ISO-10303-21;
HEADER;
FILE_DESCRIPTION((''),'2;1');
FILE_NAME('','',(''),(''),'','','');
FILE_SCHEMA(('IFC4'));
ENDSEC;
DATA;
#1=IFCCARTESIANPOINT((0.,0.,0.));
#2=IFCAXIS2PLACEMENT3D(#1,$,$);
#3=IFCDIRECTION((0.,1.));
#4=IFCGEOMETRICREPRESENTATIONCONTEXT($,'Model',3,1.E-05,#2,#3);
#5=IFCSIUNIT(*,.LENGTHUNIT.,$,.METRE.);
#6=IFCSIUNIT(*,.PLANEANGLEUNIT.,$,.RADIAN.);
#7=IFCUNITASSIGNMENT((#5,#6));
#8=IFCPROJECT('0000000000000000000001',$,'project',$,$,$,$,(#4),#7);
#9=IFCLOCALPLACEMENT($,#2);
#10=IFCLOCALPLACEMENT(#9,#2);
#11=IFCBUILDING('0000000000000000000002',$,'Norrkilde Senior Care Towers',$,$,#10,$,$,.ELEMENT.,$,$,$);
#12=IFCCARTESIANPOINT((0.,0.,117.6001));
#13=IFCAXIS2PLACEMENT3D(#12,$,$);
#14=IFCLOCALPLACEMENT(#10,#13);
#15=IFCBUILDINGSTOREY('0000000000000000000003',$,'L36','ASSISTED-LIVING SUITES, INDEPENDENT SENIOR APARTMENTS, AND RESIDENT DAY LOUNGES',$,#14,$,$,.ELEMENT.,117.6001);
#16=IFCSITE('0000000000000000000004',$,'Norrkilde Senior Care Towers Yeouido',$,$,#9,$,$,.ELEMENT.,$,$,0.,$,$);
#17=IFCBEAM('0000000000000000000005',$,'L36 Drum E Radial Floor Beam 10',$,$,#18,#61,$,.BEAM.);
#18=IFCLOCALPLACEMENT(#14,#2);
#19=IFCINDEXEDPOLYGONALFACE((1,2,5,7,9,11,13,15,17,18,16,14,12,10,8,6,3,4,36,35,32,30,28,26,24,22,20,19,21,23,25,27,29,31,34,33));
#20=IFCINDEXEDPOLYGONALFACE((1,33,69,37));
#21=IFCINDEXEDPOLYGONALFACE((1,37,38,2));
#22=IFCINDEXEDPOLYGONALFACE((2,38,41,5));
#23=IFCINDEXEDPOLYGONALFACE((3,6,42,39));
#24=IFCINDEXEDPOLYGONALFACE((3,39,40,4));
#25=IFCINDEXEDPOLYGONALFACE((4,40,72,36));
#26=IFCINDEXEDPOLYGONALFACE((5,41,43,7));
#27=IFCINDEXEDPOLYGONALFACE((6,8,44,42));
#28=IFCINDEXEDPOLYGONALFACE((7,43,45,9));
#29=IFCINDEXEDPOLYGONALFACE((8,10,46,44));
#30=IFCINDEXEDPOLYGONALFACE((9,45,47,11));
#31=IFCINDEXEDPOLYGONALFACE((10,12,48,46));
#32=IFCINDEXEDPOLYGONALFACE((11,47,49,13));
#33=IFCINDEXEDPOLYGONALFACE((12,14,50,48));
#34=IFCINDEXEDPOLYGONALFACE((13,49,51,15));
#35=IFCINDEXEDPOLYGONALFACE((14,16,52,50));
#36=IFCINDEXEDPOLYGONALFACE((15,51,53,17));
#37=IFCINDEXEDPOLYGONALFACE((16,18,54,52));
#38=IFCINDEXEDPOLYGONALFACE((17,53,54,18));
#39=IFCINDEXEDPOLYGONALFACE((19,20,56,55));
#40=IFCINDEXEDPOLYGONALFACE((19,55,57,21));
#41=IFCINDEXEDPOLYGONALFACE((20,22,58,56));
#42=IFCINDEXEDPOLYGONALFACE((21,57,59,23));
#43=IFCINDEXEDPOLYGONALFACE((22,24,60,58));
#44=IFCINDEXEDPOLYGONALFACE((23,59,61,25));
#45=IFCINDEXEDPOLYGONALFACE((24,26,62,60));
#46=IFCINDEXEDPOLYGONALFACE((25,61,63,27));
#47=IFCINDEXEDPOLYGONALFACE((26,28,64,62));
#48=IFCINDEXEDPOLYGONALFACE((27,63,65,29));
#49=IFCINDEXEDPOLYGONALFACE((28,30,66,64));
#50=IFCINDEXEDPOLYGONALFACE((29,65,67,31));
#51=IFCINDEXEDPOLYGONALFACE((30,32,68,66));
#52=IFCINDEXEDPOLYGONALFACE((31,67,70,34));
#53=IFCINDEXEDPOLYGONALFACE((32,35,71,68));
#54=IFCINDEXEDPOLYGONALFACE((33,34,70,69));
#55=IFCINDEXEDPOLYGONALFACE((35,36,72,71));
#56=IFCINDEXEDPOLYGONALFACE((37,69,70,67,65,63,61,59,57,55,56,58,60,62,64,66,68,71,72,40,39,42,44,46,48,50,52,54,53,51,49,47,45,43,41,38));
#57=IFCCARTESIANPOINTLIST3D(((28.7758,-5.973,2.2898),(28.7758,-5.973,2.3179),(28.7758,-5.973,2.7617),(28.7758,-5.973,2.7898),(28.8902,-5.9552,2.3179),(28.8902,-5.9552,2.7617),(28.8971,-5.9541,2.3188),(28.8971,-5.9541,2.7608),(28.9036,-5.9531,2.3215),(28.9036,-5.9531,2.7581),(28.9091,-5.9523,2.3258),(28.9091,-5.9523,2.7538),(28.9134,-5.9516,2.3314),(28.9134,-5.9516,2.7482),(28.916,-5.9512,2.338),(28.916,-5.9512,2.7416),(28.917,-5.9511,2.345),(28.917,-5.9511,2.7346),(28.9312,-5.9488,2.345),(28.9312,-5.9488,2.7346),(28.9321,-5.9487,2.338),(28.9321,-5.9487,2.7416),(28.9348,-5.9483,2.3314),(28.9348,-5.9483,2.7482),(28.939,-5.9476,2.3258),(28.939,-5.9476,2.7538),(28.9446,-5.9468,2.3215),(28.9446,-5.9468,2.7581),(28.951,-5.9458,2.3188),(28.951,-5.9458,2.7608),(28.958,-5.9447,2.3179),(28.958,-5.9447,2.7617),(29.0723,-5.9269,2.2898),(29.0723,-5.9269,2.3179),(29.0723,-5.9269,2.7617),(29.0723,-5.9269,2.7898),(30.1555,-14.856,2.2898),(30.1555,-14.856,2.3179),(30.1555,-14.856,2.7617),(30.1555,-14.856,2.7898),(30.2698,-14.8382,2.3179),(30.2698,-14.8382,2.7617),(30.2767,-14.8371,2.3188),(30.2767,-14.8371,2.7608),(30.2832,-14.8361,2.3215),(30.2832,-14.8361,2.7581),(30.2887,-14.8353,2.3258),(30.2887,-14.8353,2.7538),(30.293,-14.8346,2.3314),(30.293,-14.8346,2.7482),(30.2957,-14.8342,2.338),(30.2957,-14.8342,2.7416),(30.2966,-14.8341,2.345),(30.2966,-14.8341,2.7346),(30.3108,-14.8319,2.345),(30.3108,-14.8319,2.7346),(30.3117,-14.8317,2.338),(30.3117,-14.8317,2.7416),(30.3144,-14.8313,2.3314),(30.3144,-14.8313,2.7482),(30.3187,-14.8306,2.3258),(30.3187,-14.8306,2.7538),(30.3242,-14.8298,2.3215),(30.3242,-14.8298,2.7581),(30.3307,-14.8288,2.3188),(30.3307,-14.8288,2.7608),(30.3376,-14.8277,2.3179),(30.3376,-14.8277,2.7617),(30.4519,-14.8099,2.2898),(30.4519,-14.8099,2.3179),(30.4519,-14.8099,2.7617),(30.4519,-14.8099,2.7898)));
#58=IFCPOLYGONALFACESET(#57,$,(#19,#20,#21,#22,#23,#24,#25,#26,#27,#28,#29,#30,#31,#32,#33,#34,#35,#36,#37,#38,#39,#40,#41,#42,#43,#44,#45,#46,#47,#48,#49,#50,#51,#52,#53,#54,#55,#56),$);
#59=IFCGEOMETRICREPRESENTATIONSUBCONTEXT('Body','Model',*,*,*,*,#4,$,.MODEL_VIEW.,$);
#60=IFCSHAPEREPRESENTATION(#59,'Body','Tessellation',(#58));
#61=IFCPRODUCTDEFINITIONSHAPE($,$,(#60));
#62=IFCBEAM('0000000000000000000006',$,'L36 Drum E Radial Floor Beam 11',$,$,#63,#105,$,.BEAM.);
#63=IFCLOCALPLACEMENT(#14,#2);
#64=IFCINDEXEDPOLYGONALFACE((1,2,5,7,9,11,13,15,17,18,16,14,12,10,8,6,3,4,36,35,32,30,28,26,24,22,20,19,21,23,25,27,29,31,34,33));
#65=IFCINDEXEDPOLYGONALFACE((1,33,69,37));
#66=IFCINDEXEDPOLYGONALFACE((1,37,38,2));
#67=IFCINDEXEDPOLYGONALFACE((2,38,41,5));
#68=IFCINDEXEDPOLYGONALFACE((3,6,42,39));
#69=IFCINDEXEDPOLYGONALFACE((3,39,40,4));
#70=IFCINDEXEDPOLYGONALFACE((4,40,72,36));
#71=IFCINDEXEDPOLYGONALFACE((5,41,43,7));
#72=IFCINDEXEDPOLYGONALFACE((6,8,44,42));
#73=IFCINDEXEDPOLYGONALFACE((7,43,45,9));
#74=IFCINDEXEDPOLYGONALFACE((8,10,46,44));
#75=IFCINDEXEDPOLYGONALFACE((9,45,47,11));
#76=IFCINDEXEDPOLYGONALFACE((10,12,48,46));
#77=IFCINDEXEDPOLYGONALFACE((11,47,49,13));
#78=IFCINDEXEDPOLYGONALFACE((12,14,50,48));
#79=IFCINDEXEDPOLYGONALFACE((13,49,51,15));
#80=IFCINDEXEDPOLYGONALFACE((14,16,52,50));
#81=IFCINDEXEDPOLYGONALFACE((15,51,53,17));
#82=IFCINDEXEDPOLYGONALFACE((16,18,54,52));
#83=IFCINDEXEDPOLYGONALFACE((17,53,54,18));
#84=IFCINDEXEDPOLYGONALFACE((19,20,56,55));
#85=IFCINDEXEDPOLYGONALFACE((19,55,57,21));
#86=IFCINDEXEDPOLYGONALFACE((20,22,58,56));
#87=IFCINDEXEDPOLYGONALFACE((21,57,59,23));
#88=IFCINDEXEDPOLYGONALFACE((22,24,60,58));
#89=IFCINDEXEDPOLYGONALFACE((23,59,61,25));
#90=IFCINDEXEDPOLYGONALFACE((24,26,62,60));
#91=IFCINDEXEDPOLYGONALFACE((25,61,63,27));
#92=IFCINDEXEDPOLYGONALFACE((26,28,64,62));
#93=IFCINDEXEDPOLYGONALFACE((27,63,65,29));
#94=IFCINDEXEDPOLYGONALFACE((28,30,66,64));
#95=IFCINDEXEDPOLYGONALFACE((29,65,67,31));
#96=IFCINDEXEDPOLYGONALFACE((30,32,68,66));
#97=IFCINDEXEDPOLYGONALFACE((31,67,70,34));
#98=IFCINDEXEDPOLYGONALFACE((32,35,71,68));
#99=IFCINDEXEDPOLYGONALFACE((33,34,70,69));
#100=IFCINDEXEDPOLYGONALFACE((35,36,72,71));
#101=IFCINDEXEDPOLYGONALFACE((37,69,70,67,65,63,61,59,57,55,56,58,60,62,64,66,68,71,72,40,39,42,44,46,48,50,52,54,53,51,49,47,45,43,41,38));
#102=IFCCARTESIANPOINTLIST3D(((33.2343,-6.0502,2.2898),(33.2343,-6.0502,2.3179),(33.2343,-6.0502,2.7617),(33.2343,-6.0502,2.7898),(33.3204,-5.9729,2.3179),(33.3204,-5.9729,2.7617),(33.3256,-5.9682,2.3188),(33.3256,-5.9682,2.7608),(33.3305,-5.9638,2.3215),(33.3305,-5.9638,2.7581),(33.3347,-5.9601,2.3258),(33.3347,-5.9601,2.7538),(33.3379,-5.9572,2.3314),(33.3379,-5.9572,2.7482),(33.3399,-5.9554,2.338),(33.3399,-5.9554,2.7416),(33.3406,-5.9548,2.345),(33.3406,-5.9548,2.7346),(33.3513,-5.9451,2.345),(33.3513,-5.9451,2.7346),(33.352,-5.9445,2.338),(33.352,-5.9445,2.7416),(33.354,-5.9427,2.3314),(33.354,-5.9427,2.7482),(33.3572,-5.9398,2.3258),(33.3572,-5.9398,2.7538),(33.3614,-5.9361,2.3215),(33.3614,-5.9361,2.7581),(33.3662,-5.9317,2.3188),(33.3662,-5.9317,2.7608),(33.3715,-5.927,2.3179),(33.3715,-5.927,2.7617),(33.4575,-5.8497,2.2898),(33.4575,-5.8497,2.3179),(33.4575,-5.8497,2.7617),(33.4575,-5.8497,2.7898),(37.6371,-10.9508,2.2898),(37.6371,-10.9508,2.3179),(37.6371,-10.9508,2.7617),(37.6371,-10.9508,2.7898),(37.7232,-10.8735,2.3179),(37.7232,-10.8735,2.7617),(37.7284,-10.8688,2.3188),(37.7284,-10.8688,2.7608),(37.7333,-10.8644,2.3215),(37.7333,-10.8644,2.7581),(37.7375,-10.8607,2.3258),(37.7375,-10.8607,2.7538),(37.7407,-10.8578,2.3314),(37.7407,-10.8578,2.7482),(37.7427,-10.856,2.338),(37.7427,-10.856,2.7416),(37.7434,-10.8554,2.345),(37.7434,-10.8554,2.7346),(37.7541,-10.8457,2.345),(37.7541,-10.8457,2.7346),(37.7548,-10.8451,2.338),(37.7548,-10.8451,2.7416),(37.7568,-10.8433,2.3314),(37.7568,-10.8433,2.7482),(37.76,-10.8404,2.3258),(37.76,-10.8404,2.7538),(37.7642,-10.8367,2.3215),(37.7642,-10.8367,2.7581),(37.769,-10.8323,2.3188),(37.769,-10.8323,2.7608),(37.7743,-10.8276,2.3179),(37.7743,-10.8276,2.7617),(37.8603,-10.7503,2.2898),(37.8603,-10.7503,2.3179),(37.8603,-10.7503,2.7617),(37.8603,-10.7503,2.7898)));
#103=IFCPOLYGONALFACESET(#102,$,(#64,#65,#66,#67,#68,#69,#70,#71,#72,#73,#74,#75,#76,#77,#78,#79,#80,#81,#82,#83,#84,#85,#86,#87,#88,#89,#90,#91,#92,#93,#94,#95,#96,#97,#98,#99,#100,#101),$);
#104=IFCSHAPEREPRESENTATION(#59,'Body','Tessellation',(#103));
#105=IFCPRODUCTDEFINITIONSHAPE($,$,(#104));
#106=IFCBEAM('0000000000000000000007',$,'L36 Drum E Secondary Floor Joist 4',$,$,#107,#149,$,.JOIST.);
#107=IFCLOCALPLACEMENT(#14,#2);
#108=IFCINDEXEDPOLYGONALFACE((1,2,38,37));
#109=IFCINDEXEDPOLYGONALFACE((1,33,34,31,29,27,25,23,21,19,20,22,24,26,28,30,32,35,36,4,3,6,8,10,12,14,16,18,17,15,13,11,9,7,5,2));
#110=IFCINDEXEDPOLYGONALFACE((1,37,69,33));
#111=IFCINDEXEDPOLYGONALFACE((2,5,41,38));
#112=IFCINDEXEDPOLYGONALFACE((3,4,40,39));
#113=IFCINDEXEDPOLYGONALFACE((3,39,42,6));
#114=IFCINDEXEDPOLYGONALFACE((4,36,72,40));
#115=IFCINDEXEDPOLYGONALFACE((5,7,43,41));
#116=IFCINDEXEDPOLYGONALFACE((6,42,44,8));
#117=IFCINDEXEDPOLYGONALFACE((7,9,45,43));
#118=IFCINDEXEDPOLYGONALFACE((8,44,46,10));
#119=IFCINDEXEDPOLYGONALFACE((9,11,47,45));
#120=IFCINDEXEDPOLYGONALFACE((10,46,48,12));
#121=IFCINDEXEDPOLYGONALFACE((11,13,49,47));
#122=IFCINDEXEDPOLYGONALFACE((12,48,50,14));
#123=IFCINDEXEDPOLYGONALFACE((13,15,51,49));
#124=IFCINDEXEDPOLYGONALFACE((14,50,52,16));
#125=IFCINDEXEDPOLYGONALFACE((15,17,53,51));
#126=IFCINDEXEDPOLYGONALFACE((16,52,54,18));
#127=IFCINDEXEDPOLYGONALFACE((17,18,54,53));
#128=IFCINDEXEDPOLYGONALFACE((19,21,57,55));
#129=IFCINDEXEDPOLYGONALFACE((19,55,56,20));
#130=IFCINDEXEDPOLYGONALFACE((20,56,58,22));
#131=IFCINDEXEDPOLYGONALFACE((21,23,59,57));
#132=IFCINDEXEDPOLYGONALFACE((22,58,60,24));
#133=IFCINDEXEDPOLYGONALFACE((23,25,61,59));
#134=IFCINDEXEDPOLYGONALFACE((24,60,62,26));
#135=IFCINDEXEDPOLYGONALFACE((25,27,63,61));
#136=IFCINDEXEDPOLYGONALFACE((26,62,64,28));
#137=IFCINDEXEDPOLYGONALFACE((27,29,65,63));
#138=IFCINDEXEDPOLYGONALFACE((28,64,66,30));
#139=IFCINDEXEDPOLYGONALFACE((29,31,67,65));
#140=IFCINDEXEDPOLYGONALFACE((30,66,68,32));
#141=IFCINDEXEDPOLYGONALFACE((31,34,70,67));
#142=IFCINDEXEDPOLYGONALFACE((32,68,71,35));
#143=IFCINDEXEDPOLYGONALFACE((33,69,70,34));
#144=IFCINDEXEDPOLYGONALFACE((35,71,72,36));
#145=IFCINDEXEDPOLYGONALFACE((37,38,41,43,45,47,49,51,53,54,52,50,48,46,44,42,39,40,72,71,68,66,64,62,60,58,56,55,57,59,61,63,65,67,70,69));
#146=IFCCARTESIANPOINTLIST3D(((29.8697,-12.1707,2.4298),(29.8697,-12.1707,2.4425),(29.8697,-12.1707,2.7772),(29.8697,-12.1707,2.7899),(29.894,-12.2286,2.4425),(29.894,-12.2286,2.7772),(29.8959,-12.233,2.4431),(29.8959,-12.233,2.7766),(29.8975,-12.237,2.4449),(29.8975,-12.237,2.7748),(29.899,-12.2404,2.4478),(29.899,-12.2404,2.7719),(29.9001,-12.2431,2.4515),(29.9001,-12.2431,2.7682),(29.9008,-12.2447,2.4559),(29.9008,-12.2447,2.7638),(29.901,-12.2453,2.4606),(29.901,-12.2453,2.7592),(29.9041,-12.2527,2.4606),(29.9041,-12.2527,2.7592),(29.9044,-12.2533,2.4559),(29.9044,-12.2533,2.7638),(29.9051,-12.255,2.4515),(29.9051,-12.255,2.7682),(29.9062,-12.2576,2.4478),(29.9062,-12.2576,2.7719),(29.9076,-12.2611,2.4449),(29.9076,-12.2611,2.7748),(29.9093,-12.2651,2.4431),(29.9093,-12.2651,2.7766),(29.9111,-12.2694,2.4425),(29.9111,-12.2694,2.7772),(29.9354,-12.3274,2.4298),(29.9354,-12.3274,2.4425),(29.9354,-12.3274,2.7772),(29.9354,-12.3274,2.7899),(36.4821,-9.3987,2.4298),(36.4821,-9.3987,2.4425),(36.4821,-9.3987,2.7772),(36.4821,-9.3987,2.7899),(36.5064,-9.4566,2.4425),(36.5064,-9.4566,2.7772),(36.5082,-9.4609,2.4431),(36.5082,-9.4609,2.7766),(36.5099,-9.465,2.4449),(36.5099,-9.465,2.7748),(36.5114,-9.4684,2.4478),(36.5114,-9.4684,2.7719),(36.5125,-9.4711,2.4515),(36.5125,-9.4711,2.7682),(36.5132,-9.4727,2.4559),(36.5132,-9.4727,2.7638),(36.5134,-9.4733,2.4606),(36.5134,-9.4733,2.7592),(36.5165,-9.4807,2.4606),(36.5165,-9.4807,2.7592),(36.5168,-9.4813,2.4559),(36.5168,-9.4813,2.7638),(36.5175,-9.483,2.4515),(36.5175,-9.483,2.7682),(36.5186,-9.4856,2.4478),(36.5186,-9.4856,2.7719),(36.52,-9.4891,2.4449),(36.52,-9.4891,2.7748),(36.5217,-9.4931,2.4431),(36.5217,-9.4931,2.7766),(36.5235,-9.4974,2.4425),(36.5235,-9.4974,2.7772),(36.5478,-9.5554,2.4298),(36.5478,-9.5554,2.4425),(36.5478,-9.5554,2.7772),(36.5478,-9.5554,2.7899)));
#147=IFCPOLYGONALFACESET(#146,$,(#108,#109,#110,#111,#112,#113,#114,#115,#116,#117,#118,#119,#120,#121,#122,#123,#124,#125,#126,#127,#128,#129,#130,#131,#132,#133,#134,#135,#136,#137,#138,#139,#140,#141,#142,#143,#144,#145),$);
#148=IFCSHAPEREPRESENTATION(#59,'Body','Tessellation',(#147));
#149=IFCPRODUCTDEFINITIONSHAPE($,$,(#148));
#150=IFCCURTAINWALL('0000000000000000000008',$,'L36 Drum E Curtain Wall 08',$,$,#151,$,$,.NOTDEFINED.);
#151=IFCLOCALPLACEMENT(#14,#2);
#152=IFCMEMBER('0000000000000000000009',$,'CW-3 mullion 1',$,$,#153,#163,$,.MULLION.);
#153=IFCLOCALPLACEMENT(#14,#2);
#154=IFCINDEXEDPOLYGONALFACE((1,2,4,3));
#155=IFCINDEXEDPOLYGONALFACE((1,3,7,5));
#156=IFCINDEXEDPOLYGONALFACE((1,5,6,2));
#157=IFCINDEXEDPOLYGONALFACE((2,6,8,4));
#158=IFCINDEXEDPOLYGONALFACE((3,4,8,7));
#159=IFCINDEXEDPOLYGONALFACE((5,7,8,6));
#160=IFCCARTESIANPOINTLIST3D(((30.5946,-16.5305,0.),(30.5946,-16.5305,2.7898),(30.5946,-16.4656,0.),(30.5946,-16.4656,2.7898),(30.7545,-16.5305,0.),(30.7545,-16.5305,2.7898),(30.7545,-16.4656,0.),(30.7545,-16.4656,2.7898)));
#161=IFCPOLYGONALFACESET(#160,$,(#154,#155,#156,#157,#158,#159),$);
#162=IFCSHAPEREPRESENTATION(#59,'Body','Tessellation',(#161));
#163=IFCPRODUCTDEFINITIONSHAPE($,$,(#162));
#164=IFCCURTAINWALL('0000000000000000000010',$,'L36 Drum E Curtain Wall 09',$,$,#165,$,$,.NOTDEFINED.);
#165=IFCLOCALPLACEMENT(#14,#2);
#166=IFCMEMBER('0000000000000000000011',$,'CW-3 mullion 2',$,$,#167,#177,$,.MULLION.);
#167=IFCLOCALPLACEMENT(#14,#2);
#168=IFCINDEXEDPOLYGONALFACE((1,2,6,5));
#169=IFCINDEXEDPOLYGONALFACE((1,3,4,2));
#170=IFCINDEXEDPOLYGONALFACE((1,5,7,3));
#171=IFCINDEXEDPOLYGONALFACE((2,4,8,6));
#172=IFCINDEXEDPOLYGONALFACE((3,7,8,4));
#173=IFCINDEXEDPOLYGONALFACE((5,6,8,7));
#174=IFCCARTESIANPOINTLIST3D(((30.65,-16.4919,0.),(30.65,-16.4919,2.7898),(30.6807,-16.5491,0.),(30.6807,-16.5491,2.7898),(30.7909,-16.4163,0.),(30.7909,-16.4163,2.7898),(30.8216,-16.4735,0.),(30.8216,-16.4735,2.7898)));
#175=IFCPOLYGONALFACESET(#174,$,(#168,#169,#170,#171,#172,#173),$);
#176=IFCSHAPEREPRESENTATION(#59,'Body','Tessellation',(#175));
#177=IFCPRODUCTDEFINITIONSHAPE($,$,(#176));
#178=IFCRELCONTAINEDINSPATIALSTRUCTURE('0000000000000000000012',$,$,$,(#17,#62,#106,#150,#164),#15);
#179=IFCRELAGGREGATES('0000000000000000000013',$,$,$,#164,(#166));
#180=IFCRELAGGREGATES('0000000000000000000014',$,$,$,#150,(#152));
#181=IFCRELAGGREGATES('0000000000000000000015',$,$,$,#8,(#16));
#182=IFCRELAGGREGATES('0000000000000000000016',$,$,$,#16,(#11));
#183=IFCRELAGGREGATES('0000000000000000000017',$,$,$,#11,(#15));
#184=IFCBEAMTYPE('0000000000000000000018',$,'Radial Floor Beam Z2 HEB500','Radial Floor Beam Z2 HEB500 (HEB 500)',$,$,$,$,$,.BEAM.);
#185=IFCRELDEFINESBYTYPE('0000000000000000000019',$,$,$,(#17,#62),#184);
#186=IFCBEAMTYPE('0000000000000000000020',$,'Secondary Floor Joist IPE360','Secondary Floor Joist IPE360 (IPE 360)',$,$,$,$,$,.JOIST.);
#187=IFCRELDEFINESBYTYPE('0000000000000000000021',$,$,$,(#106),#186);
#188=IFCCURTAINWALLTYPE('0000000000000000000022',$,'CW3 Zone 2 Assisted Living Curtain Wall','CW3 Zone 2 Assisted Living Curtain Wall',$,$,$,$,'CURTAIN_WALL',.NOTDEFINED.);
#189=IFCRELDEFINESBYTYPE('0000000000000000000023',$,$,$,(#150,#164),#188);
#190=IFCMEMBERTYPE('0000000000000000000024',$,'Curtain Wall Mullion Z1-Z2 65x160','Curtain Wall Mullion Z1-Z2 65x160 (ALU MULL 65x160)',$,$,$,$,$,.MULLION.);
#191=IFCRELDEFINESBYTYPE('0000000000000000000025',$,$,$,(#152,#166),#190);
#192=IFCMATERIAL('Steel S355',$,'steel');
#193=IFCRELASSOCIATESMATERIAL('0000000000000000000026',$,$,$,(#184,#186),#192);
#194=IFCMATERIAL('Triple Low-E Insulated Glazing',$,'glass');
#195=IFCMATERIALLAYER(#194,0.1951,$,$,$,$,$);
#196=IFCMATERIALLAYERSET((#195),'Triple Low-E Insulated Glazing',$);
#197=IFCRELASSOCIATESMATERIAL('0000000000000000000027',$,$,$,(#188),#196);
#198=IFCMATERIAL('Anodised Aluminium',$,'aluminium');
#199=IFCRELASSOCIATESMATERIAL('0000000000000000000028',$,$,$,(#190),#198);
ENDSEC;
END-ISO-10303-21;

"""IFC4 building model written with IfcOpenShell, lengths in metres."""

from ifc_helpers import new_model, si_unit, direction, frame, origin, origin_2d, place, context, subcontext, project, spatial, rectangle, i_section, extrude, source, transform, mapped, material, layer, layer_set, material_profile, profile_set, type_object, type_shapes, element, aggregate, save


model = new_model("IFC4")

# Units and contexts
model_context = context("Model", 3, precision=1e-05, world=origin(), true_north=direction((0.0, 1.0)))
body_context = subcontext(model_context, "Body", "Model", "MODEL_VIEW")
ifc_project = project(units=[si_unit("LENGTHUNIT", "METRE"), si_unit("PLANEANGLEUNIT", "RADIAN")], contexts=[model_context])

# Site, building, storey
site_placement = place(None, origin())
site = spatial("IfcSite", under=ifc_project, at=site_placement, Name="Norrkilde Senior Care Towers Yeouido", CompositionType="ELEMENT", RefElevation=0.0)
building_placement = place(site_placement, origin())
building = spatial("IfcBuilding", under=site, at=building_placement, Name="Norrkilde Senior Care Towers", CompositionType="ELEMENT")
storey_placement = place(building_placement, frame((0.0, 0.0, 117.6001)))
storey = spatial("IfcBuildingStorey", under=building, at=storey_placement, Name="L36", Description="ASSISTED-LIVING SUITES, INDEPENDENT SENIOR APARTMENTS, AND RESIDENT DAY LOUNGES", CompositionType="ELEMENT", Elevation=117.6001)

# Beams
ifc_material_1 = material(Name="Steel S355", Category="steel")
ifc_material_profile_1 = material_profile(ifc_material_1, i_section(OverallWidth=0.3, OverallDepth=0.5, WebThickness=0.0144, FlangeThickness=0.0281, FilletRadius=0.0271, at=origin_2d()), Name="HEB 500")
ifc_profile_set_1 = profile_set([ifc_material_profile_1], Name="Steel S355")
beam_type_1 = type_object("IfcBeamType", Name="Radial Floor Beam Z2 HEB500", Description="Radial Floor Beam Z2 HEB500 (HEB 500)", PredefinedType="BEAM", material=ifc_profile_set_1)
shared_shape_1 = source(origin(), body_context, "Body", "SweptSolid", [
    extrude(i_section(OverallWidth=0.3, OverallDepth=0.5, WebThickness=0.0144, FlangeThickness=0.0281, FilletRadius=0.0271, at=origin_2d()), origin(), (0.0, 0.0, 1.0), 8.9895),
])
beam_1_placement = place(storey_placement, frame((28.9241, -5.95, 2.5398), z_axis=(0.153471, -0.988153, 0.0), x_axis=(0.988153, 0.153471, 0.0)))
element("IfcBeam", 1, at=beam_1_placement, inside=storey, type_object=beam_type_1, Name="L36 Drum E Radial Floor Beam 10", PredefinedType="BEAM", context=body_context, shape_type="MappedRepresentation", body=[
    mapped(shared_shape_1, transform((0.0, 0.0, 0.0), x_axis=(1.0, 0.0, 0.0), y_axis=(0.0, 1.0, 0.0), z_axis=(0.0, 0.0, 1.0), scale=1.0)),
])
shared_shape_2 = source(origin(), body_context, "Body", "SweptSolid", [
    extrude(i_section(OverallWidth=0.3, OverallDepth=0.5, WebThickness=0.0144, FlangeThickness=0.0281, FilletRadius=0.0271, at=origin_2d()), origin(), (0.0, 0.0, 1.0), 6.5879),
])
beam_2_placement = place(storey_placement, frame((33.3459, -5.95, 2.5398), z_axis=(0.668315, -0.743878, 0.0), x_axis=(0.743878, 0.668315, 0.0)))
element("IfcBeam", 2, at=beam_2_placement, inside=storey, type_object=beam_type_1, Name="L36 Drum E Radial Floor Beam 11", PredefinedType="BEAM", context=body_context, shape_type="MappedRepresentation", body=[
    mapped(shared_shape_2, transform((0.0, 0.0, 0.0), x_axis=(1.0, 0.0, 0.0), y_axis=(0.0, 1.0, 0.0), z_axis=(0.0, 0.0, 1.0), scale=1.0)),
])
ifc_material_profile_2 = material_profile(ifc_material_1, i_section(OverallWidth=0.1699, OverallDepth=0.3601, WebThickness=0.0081, FlangeThickness=0.0127, FilletRadius=0.0181, at=origin_2d()), Name="IPE 360")
ifc_profile_set_2 = profile_set([ifc_material_profile_2], Name="Steel S355")
beam_type_2 = type_object("IfcBeamType", Name="Secondary Floor Joist IPE360", Description="Secondary Floor Joist IPE360 (IPE 360)", PredefinedType="JOIST", material=ifc_profile_set_2)
shared_shape_3 = source(origin(), body_context, "Body", "SweptSolid", [
    extrude(i_section(OverallWidth=0.1699, OverallDepth=0.3601, WebThickness=0.0081, FlangeThickness=0.0127, FilletRadius=0.0181, at=origin_2d()), origin(), (0.0, 0.0, 1.0), 7.1699),
])
type_shapes(beam_type_2, [shared_shape_3])
beam_3_placement = place(storey_placement, frame((29.9026, -12.249, 2.6099), z_axis=(0.922241, 0.386616, 0.0), x_axis=(-0.386616, 0.922241, 0.0)))
element("IfcBeam", 3, at=beam_3_placement, inside=storey, type_object=beam_type_2, Name="L36 Drum E Secondary Floor Joist 4", PredefinedType="JOIST", context=body_context, shape_type="MappedRepresentation", body=[
    mapped(shared_shape_3, transform((0.0, 0.0, 0.0), x_axis=(1.0, 0.0, 0.0), y_axis=(0.0, 1.0, 0.0), z_axis=(0.0, 0.0, 1.0), scale=1.0)),
])

# Curtain walls, members
ifc_material_2 = material(Name="Triple Low-E Insulated Glazing", Category="glass")
ifc_layer_1 = layer(ifc_material_2, 0.1951)
ifc_layer_set_1 = layer_set([ifc_layer_1], Name="Triple Low-E Insulated Glazing")
curtain_wall_type = type_object("IfcCurtainWallType", Name="CW3 Zone 2 Assisted Living Curtain Wall", Description="CW3 Zone 2 Assisted Living Curtain Wall", ElementType="CURTAIN_WALL", PredefinedType="NOTDEFINED", material=ifc_layer_set_1)
curtain_wall_1_placement = place(storey_placement, origin())
curtain_wall_1 = element("IfcCurtainWall", 4, at=curtain_wall_1_placement, inside=storey, type_object=curtain_wall_type, Name="L36 Drum E Curtain Wall 08", PredefinedType="NOTDEFINED")
ifc_material_3 = material(Name="Anodised Aluminium", Category="aluminium")
ifc_material_profile_3 = material_profile(ifc_material_3, rectangle(XDim=0.0649, YDim=0.1599, at=origin_2d()), Name="ALU MULL 65x160")
ifc_profile_set_3 = profile_set([ifc_material_profile_3], Name="Anodised Aluminium")
member_type_1 = type_object("IfcMemberType", Name="Curtain Wall Mullion Z1-Z2 65x160", Description="Curtain Wall Mullion Z1-Z2 65x160 (ALU MULL 65x160)", PredefinedType="MULLION", material=ifc_profile_set_3)
shared_shape_4 = source(origin(), body_context, "Body", "SweptSolid", [
    extrude(rectangle(XDim=0.0649, YDim=0.1599, at=origin_2d()), origin(), (0.0, 0.0, 1.0), 2.7898),
])
type_shapes(member_type_1, [shared_shape_4])
member_1_placement = place(storey_placement, frame((30.6746, -16.498, 0.0), z_axis=(0.0, 0.0, 1.0), x_axis=(0.0, -1.0, 0.0)))
member_1 = element("IfcMember", 5, at=member_1_placement, type_object=member_type_1, Name="CW-3 mullion 1", PredefinedType="MULLION", context=body_context, shape_type="MappedRepresentation", body=[
    mapped(shared_shape_4, transform((0.0, 0.0, 0.0), x_axis=(1.0, 0.0, 0.0), y_axis=(0.0, 1.0, 0.0), z_axis=(0.0, 0.0, 1.0), scale=1.0)),
])
curtain_wall_2_placement = place(storey_placement, origin())
curtain_wall_2 = element("IfcCurtainWall", 6, at=curtain_wall_2_placement, inside=storey, type_object=curtain_wall_type, Name="L36 Drum E Curtain Wall 09", PredefinedType="NOTDEFINED")
member_2_placement = place(storey_placement, frame((30.7358, -16.4827, 0.0), z_axis=(0.0, 0.0, 1.0), x_axis=(0.472769, -0.881186, 0.0)))
member_2 = element("IfcMember", 7, at=member_2_placement, type_object=member_type_1, Name="CW-3 mullion 2", PredefinedType="MULLION", context=body_context, shape_type="MappedRepresentation", body=[
    mapped(shared_shape_4, transform((0.0, 0.0, 0.0), x_axis=(1.0, 0.0, 0.0), y_axis=(0.0, 1.0, 0.0), z_axis=(0.0, 0.0, 1.0), scale=1.0)),
])

aggregate(curtain_wall_2, [member_2])
aggregate(curtain_wall_1, [member_1])

save(model, "model.ifc")
